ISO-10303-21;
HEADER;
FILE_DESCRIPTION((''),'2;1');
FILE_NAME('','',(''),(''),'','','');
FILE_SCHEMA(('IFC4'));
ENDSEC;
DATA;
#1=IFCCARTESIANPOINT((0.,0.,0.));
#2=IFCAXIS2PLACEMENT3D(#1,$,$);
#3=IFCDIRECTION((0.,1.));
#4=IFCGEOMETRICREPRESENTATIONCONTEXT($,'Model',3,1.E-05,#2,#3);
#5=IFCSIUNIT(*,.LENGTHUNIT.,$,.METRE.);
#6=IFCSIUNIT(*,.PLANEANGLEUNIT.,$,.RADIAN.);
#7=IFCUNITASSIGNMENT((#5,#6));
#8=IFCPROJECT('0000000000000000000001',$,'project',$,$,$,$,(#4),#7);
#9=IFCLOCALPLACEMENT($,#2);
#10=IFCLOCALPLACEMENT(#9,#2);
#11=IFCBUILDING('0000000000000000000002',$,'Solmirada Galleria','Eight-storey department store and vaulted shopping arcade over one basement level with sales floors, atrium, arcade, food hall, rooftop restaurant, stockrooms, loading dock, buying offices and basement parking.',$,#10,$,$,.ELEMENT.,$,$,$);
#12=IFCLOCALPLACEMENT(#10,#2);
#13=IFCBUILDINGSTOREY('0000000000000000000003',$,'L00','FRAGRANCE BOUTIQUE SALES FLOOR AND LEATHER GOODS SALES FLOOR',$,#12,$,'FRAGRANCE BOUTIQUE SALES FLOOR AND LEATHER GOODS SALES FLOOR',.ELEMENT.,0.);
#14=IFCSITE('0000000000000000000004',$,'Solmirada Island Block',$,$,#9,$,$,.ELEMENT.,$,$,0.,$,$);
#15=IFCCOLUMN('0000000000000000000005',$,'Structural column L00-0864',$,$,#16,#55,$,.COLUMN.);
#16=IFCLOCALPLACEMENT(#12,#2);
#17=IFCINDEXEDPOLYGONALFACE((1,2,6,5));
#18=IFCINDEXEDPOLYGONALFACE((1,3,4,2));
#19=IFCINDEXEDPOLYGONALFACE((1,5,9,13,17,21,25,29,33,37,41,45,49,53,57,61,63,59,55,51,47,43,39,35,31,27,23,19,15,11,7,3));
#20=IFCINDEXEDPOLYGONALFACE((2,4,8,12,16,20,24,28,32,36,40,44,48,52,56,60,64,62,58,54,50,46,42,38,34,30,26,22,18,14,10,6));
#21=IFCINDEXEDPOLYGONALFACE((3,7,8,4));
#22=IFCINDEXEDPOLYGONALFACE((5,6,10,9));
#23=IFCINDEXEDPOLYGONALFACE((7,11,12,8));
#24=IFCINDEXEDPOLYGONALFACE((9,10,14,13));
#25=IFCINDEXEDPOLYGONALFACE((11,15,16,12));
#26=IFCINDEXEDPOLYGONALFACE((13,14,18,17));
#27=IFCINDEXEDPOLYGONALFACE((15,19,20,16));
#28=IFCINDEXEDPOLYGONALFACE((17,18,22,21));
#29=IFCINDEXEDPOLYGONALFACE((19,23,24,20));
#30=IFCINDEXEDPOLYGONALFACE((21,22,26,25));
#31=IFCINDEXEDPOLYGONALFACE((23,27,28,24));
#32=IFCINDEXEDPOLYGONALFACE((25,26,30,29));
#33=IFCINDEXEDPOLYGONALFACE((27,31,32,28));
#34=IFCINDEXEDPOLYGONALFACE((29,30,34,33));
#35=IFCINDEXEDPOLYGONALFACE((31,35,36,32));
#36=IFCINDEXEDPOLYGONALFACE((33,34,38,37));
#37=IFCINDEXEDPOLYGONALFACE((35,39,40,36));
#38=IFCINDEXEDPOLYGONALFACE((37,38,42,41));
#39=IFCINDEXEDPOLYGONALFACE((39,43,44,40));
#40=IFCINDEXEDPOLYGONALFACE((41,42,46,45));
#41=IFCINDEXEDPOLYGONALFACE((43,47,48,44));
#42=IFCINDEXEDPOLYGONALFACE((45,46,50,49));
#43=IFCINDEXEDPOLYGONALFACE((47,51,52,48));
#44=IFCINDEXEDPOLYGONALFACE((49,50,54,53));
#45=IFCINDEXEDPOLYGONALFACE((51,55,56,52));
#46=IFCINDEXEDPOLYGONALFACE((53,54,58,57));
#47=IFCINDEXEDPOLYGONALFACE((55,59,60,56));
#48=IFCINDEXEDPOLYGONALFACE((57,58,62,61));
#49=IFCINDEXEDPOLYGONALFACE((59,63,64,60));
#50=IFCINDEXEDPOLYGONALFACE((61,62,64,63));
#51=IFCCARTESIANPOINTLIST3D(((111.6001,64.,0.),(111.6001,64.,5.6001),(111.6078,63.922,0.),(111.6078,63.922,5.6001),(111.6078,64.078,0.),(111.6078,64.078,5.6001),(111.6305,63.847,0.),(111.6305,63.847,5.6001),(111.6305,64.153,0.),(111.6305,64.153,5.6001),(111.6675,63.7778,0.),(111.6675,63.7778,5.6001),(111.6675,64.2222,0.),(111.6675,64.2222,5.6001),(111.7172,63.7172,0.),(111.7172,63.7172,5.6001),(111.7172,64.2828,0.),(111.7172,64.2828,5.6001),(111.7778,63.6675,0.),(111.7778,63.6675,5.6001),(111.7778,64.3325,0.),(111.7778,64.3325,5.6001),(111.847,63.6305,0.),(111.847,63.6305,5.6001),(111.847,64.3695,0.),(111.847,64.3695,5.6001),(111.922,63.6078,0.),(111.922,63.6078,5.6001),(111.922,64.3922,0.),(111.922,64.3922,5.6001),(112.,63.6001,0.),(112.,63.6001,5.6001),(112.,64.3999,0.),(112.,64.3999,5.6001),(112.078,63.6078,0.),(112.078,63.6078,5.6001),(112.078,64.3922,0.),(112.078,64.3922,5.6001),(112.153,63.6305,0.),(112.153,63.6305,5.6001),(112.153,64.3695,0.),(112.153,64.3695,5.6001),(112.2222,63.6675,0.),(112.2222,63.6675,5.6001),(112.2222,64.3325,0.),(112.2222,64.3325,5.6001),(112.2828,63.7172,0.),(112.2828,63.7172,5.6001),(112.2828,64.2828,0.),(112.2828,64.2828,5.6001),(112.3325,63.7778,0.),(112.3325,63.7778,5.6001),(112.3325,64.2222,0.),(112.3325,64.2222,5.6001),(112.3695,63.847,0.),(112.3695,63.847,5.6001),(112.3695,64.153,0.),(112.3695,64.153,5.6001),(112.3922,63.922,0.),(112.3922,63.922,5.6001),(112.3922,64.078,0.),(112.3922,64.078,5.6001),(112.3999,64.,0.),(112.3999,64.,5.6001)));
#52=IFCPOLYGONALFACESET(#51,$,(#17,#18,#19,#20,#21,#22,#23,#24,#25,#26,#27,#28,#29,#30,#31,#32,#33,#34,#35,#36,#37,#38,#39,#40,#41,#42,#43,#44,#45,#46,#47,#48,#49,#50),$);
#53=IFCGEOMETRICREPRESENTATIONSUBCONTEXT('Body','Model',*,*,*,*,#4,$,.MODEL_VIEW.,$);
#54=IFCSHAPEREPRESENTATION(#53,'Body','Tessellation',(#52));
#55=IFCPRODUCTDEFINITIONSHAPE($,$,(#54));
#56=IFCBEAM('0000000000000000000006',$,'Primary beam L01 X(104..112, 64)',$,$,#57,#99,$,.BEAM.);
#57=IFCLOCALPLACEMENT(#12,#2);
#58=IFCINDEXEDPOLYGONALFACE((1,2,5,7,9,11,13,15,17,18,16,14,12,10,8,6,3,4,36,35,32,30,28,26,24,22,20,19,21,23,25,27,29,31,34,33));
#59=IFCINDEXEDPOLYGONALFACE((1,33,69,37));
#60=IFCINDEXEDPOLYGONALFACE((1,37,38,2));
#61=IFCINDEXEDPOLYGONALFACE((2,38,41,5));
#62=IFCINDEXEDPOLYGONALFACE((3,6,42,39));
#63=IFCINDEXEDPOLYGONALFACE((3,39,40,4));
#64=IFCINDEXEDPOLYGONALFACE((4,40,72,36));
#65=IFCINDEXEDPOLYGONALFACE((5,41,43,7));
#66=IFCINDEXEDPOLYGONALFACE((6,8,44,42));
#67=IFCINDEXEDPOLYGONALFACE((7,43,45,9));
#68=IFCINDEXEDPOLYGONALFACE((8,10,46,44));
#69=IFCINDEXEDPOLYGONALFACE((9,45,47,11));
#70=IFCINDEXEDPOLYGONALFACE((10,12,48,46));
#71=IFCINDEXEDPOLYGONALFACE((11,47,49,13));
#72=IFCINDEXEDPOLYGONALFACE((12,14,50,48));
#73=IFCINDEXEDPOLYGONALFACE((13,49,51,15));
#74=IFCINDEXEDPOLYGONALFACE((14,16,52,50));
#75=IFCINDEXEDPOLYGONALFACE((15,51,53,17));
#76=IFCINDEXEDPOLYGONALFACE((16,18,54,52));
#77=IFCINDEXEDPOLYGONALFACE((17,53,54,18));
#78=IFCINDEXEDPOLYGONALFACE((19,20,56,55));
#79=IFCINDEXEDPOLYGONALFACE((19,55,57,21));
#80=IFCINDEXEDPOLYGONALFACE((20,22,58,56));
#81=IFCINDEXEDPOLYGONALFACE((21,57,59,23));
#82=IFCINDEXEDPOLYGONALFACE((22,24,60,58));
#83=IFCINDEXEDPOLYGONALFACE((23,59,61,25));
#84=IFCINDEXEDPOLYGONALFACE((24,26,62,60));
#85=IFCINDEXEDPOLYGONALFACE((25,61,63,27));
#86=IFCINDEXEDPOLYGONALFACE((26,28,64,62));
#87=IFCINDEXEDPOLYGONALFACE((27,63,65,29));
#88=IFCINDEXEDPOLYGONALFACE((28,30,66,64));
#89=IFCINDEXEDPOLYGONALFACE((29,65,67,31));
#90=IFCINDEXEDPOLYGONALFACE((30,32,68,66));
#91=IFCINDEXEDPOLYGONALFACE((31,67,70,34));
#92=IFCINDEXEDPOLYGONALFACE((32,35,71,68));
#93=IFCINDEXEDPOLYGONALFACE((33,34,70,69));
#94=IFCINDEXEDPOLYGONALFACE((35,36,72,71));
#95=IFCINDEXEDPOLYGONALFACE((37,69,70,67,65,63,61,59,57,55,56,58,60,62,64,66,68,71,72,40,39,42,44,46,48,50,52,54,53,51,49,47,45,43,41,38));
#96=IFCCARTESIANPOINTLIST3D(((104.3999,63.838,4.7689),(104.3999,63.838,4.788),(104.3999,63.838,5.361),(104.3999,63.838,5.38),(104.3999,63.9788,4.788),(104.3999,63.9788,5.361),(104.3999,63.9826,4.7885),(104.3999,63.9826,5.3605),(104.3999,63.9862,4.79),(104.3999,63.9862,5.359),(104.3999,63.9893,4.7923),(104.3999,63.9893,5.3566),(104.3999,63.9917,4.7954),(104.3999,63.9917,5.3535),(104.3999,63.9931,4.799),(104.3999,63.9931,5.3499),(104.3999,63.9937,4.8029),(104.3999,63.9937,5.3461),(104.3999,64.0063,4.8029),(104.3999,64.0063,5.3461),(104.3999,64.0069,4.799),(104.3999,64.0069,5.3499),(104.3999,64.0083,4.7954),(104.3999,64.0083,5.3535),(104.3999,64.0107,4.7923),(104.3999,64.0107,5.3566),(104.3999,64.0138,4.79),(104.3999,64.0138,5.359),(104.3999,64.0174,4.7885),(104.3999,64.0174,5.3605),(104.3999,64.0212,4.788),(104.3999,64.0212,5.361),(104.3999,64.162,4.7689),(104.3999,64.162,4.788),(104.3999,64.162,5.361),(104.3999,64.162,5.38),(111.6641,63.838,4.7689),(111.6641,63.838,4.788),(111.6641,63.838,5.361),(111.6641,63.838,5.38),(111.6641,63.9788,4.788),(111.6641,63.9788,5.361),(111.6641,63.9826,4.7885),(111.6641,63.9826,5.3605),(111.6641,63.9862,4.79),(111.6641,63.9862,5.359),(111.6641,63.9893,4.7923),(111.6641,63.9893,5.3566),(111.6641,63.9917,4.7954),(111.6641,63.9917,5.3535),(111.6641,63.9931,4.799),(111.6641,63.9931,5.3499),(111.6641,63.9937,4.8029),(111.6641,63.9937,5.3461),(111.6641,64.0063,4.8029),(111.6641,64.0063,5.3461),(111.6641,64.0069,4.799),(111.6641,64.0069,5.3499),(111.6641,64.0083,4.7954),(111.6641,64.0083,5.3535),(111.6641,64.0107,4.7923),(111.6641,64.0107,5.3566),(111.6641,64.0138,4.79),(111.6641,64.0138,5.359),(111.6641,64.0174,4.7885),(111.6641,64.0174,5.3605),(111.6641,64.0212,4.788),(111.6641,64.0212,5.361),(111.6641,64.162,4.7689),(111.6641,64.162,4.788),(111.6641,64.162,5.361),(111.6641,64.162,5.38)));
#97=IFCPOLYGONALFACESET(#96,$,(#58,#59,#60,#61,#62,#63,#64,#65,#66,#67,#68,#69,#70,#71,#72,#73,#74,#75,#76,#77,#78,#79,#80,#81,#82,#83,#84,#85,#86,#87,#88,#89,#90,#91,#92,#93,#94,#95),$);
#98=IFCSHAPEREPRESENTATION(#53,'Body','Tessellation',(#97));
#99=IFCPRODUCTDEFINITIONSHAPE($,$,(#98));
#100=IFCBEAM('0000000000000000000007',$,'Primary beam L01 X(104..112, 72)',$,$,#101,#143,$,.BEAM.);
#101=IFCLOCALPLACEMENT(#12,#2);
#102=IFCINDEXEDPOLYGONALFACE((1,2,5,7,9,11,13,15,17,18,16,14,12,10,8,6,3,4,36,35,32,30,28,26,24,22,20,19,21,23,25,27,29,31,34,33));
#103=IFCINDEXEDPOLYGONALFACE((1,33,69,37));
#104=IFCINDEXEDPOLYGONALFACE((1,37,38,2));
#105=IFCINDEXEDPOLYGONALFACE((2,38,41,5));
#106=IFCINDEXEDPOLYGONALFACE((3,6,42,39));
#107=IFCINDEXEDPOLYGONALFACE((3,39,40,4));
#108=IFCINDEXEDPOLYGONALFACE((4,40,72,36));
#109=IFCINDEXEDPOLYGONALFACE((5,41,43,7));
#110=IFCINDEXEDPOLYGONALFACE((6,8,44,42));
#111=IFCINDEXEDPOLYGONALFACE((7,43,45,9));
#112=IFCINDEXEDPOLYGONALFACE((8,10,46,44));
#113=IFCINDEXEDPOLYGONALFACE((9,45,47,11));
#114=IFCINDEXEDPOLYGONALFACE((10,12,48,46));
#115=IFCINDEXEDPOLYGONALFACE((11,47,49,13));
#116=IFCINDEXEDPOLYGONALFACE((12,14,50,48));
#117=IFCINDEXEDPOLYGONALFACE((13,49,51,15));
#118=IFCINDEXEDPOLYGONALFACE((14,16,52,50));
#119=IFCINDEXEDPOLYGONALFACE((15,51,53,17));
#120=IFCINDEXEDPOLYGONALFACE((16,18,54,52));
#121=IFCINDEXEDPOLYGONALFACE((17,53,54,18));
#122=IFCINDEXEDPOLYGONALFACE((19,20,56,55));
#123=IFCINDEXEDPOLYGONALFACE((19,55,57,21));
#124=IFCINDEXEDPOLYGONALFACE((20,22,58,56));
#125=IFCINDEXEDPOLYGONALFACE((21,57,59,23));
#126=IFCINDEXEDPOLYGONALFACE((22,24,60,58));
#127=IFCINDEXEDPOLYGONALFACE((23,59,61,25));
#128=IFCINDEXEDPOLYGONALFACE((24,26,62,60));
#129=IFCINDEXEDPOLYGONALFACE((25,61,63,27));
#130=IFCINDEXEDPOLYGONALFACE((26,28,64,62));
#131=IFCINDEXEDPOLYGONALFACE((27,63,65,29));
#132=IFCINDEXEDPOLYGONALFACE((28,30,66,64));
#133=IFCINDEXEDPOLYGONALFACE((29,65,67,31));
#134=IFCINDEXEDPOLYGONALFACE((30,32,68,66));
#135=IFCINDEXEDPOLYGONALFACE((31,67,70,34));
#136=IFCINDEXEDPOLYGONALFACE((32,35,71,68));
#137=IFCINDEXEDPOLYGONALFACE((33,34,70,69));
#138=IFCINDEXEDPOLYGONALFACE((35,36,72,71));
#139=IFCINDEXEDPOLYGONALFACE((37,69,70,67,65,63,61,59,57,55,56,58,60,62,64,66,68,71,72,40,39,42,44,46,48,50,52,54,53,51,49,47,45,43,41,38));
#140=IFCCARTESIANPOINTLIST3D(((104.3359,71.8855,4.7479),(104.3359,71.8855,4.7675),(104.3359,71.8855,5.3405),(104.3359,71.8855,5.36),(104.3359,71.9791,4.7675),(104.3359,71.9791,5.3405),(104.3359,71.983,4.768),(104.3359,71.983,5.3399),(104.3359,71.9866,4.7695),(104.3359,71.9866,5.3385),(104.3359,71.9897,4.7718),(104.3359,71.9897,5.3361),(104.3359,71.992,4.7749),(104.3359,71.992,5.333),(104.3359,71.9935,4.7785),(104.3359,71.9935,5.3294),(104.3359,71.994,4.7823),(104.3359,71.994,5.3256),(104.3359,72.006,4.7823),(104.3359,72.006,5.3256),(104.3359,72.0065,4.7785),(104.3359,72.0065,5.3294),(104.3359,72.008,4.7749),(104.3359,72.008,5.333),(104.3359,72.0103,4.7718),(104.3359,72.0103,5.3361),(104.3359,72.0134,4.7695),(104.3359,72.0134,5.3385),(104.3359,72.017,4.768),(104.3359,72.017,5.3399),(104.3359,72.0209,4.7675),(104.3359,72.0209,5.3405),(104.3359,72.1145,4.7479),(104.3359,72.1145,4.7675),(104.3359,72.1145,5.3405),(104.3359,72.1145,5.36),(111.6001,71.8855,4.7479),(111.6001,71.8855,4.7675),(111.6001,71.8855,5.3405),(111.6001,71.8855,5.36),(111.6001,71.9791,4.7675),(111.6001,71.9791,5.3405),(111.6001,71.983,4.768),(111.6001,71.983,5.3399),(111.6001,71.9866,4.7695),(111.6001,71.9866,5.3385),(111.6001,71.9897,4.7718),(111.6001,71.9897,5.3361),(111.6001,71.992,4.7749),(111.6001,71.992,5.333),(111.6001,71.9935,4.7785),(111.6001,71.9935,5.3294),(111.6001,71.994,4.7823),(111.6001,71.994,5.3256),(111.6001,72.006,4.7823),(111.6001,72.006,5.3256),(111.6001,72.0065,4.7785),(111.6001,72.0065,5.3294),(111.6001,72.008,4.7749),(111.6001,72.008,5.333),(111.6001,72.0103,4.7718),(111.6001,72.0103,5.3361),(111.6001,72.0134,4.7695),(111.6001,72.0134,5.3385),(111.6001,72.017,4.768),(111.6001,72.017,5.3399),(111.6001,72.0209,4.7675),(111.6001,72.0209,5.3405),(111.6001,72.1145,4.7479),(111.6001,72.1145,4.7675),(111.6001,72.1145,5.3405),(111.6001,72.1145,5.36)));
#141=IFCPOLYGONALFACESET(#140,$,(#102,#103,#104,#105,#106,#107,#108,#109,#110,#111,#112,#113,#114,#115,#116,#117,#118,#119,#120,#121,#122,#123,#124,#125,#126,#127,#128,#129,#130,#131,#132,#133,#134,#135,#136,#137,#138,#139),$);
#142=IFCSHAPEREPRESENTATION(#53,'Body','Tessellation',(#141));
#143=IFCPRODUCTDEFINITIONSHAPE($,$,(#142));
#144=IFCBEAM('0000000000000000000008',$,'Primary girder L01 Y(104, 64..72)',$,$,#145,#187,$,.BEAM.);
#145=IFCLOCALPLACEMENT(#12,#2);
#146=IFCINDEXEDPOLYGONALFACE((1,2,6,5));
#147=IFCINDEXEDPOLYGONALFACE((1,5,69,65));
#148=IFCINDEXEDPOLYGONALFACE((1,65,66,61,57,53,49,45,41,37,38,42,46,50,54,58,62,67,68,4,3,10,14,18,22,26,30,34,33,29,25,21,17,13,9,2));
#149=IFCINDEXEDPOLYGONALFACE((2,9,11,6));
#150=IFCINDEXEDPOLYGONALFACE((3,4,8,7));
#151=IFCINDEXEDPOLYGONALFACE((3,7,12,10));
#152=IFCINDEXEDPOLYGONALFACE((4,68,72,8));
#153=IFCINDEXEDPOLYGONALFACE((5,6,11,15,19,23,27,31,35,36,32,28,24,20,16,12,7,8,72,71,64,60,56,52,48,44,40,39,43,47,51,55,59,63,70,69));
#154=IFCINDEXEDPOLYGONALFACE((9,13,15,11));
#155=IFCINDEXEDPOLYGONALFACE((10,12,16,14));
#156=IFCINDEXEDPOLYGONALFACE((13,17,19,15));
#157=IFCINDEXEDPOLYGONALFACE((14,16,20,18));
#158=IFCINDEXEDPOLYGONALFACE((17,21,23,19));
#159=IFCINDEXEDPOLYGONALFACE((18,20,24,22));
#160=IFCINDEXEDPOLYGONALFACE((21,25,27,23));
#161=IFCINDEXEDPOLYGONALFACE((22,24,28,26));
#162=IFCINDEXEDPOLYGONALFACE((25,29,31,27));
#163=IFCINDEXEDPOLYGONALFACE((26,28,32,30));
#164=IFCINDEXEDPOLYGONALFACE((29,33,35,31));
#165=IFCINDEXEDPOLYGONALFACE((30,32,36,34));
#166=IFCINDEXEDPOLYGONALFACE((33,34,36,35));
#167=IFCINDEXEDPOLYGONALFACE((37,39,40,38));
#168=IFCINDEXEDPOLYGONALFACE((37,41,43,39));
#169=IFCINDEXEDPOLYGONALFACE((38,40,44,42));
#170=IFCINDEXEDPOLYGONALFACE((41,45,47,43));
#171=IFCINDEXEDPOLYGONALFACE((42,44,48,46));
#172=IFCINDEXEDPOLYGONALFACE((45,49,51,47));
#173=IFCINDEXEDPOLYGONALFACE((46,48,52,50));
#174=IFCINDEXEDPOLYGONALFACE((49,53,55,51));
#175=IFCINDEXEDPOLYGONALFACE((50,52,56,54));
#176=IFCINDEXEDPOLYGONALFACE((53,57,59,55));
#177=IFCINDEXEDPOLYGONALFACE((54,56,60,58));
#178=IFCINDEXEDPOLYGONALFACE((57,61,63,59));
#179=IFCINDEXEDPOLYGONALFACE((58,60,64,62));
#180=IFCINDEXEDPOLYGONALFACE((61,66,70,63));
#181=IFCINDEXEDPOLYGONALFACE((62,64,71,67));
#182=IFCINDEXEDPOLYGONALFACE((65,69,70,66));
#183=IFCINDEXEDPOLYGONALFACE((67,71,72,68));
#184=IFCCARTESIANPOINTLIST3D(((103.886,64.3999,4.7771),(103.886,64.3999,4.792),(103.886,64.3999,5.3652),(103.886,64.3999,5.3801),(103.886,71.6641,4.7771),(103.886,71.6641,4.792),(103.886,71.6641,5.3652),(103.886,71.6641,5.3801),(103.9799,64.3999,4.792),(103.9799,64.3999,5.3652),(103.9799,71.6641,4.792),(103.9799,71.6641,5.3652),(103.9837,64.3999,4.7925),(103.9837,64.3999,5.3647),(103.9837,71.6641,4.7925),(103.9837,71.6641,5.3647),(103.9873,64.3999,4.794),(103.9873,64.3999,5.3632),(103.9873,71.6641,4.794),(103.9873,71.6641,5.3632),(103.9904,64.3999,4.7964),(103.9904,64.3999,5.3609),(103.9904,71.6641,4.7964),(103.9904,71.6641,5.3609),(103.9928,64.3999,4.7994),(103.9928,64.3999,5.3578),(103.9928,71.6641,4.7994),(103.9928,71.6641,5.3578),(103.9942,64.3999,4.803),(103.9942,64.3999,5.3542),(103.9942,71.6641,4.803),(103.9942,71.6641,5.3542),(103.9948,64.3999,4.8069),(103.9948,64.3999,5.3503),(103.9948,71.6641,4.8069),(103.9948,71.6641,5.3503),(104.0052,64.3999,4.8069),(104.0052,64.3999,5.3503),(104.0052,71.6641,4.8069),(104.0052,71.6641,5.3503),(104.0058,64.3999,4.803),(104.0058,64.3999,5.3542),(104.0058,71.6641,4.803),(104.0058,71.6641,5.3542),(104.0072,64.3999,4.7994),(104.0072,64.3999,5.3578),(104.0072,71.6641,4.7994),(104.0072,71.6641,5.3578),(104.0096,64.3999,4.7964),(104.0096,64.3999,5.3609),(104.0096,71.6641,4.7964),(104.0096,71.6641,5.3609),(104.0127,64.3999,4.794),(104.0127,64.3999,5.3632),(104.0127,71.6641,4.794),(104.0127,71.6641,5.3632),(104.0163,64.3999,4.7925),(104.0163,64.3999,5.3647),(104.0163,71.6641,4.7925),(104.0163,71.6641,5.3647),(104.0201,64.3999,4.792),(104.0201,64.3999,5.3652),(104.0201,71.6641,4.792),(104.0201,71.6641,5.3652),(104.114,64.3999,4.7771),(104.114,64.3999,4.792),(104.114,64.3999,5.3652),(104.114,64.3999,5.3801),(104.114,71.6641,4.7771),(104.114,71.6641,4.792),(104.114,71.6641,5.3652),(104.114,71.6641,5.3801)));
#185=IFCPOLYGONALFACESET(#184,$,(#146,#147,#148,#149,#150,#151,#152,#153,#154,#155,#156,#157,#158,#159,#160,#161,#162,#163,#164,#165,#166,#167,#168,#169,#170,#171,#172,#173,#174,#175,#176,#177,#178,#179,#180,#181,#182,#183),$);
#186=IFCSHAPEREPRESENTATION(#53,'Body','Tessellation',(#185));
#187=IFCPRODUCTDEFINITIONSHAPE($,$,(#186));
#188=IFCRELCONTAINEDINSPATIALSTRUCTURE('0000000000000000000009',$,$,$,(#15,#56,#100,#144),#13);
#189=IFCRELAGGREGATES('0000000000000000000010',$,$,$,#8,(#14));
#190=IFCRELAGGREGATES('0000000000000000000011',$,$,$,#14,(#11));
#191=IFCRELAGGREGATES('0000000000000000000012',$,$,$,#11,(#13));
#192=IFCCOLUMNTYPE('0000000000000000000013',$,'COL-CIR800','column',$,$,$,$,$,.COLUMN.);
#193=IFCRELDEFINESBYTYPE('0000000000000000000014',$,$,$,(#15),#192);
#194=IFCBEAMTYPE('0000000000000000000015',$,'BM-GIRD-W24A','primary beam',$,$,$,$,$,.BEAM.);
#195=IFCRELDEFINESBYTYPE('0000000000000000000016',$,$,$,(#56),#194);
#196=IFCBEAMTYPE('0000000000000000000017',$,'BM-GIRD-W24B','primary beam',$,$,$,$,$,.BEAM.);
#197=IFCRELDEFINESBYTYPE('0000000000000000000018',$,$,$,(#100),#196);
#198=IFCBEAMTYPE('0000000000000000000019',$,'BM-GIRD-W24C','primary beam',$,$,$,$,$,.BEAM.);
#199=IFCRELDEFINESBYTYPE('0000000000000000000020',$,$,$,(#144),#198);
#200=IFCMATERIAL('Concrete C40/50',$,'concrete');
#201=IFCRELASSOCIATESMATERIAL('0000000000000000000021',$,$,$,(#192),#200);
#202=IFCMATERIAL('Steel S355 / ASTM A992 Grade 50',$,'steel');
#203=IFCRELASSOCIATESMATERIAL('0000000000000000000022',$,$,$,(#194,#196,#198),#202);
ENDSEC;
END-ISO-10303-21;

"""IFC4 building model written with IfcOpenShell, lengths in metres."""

from ifc_helpers import new_model, si_unit, direction, frame, origin, origin_2d, place, context, subcontext, project, spatial, circle, i_section, extrude, material, material_profile, profile_set, type_object, element, save


model = new_model("IFC4")

# Units and contexts
model_context = context("Model", 3, precision=1e-05, world=origin(), true_north=direction((0.0, 1.0)))
body_context = subcontext(model_context, "Body", "Model", "MODEL_VIEW")
ifc_project = project(units=[si_unit("LENGTHUNIT", "METRE"), si_unit("PLANEANGLEUNIT", "RADIAN")], contexts=[model_context])

# Site, building, storey
site_placement = place(None, origin())
site = spatial("IfcSite", under=ifc_project, at=site_placement, Name="Solmirada Island Block", CompositionType="ELEMENT", RefElevation=0.0)
building_placement = place(site_placement, origin())
building = spatial("IfcBuilding", under=site, at=building_placement, Name="Solmirada Galleria", Description="Eight-storey department store and vaulted shopping arcade over one basement level with sales floors, atrium, arcade, food hall, rooftop restaurant, stockrooms, loading dock, buying offices and basement parking.", CompositionType="ELEMENT")
storey_placement = place(building_placement, origin())
storey = spatial("IfcBuildingStorey", under=building, at=storey_placement, Name="L00", Description="FRAGRANCE BOUTIQUE SALES FLOOR AND LEATHER GOODS SALES FLOOR", LongName="FRAGRANCE BOUTIQUE SALES FLOOR AND LEATHER GOODS SALES FLOOR", CompositionType="ELEMENT", Elevation=0.0)

# Column
ifc_material_1 = material(Name="Concrete C40/50", Category="concrete")
ifc_material_profile_1 = material_profile(ifc_material_1, circle(Radius=0.3999, at=origin_2d()), Name="RCCOL800")
ifc_profile_set_1 = profile_set([ifc_material_profile_1], Name="Concrete C40/50")
column_type = type_object("IfcColumnType", Name="COL-CIR800", Description="column", PredefinedType="COLUMN", material=ifc_profile_set_1)
column_placement = place(storey_placement, frame((112.0, 64.0, 0.0), z_axis=(0.0, 0.0, 1.0), x_axis=(1.0, 0.0, 0.0)))
element("IfcColumn", 1, at=column_placement, inside=storey, type_object=column_type, Name="Structural column L00-0864", PredefinedType="COLUMN", context=body_context, shape_type="SweptSolid", body=[
    extrude(circle(Radius=0.3999, at=origin_2d()), origin(), (0.0, 0.0, 1.0), 5.6001),
])

# Beams
ifc_material_2 = material(Name="Steel S355 / ASTM A992 Grade 50", Category="steel")
ifc_material_profile_2 = material_profile(ifc_material_2, i_section(OverallWidth=0.324, OverallDepth=0.6111, WebThickness=0.0127, FlangeThickness=0.019, FilletRadius=0.0149, at=origin_2d()), Name="W24X104")
ifc_profile_set_2 = profile_set([ifc_material_profile_2], Name="Steel S355 / ASTM A992 Grade 50")
beam_type_1 = type_object("IfcBeamType", Name="BM-GIRD-W24A", Description="primary beam", PredefinedType="BEAM", material=ifc_profile_set_2)
beam_1_placement = place(storey_placement, frame((104.3999, 64.0, 5.0745), z_axis=(1.0, 0.0, 0.0), x_axis=(0.0, 1.0, 0.0)))
element("IfcBeam", 2, at=beam_1_placement, inside=storey, type_object=beam_type_1, Name="Primary beam L01 X(104..112, 64)", PredefinedType="BEAM", context=body_context, shape_type="SweptSolid", body=[
    extrude(i_section(OverallWidth=0.324, OverallDepth=0.6111, WebThickness=0.0127, FlangeThickness=0.019, FilletRadius=0.0149, at=origin_2d()), origin(), (0.0, 0.0, 1.0), 7.2642),
])
ifc_material_profile_3 = material_profile(ifc_material_2, i_section(OverallWidth=0.229, OverallDepth=0.6121, WebThickness=0.012, FlangeThickness=0.0195, FilletRadius=0.0149, at=origin_2d()), Name="W24X84")
ifc_profile_set_3 = profile_set([ifc_material_profile_3], Name="Steel S355 / ASTM A992 Grade 50")
beam_type_2 = type_object("IfcBeamType", Name="BM-GIRD-W24B", Description="primary beam", PredefinedType="BEAM", material=ifc_profile_set_3)
beam_2_placement = place(storey_placement, frame((104.3359, 72.0, 5.054), z_axis=(1.0, 0.0, 0.0), x_axis=(0.0, 1.0, 0.0)))
element("IfcBeam", 3, at=beam_2_placement, inside=storey, type_object=beam_type_2, Name="Primary beam L01 X(104..112, 72)", PredefinedType="BEAM", context=body_context, shape_type="SweptSolid", body=[
    extrude(i_section(OverallWidth=0.229, OverallDepth=0.6121, WebThickness=0.012, FlangeThickness=0.0195, FilletRadius=0.0149, at=origin_2d()), origin(), (0.0, 0.0, 1.0), 7.2642),
])
ifc_material_profile_4 = material_profile(ifc_material_2, i_section(OverallWidth=0.228, OverallDepth=0.603, WebThickness=0.0105, FlangeThickness=0.0149, FilletRadius=0.0149, at=origin_2d()), Name="W24X68")
ifc_profile_set_4 = profile_set([ifc_material_profile_4], Name="Steel S355 / ASTM A992 Grade 50")
beam_type_3 = type_object("IfcBeamType", Name="BM-GIRD-W24C", Description="primary beam", PredefinedType="BEAM", material=ifc_profile_set_4)
beam_3_placement = place(storey_placement, frame((104.0, 64.3999, 5.0786), z_axis=(0.0, 1.0, 0.0), x_axis=(-1.0, 0.0, 0.0)))
element("IfcBeam", 4, at=beam_3_placement, inside=storey, type_object=beam_type_3, Name="Primary girder L01 Y(104, 64..72)", PredefinedType="BEAM", context=body_context, shape_type="SweptSolid", body=[
    extrude(i_section(OverallWidth=0.228, OverallDepth=0.603, WebThickness=0.0105, FlangeThickness=0.0149, FilletRadius=0.0149, at=origin_2d()), origin(), (0.0, 0.0, 1.0), 7.2642),
])

save(model, "model.ifc")
